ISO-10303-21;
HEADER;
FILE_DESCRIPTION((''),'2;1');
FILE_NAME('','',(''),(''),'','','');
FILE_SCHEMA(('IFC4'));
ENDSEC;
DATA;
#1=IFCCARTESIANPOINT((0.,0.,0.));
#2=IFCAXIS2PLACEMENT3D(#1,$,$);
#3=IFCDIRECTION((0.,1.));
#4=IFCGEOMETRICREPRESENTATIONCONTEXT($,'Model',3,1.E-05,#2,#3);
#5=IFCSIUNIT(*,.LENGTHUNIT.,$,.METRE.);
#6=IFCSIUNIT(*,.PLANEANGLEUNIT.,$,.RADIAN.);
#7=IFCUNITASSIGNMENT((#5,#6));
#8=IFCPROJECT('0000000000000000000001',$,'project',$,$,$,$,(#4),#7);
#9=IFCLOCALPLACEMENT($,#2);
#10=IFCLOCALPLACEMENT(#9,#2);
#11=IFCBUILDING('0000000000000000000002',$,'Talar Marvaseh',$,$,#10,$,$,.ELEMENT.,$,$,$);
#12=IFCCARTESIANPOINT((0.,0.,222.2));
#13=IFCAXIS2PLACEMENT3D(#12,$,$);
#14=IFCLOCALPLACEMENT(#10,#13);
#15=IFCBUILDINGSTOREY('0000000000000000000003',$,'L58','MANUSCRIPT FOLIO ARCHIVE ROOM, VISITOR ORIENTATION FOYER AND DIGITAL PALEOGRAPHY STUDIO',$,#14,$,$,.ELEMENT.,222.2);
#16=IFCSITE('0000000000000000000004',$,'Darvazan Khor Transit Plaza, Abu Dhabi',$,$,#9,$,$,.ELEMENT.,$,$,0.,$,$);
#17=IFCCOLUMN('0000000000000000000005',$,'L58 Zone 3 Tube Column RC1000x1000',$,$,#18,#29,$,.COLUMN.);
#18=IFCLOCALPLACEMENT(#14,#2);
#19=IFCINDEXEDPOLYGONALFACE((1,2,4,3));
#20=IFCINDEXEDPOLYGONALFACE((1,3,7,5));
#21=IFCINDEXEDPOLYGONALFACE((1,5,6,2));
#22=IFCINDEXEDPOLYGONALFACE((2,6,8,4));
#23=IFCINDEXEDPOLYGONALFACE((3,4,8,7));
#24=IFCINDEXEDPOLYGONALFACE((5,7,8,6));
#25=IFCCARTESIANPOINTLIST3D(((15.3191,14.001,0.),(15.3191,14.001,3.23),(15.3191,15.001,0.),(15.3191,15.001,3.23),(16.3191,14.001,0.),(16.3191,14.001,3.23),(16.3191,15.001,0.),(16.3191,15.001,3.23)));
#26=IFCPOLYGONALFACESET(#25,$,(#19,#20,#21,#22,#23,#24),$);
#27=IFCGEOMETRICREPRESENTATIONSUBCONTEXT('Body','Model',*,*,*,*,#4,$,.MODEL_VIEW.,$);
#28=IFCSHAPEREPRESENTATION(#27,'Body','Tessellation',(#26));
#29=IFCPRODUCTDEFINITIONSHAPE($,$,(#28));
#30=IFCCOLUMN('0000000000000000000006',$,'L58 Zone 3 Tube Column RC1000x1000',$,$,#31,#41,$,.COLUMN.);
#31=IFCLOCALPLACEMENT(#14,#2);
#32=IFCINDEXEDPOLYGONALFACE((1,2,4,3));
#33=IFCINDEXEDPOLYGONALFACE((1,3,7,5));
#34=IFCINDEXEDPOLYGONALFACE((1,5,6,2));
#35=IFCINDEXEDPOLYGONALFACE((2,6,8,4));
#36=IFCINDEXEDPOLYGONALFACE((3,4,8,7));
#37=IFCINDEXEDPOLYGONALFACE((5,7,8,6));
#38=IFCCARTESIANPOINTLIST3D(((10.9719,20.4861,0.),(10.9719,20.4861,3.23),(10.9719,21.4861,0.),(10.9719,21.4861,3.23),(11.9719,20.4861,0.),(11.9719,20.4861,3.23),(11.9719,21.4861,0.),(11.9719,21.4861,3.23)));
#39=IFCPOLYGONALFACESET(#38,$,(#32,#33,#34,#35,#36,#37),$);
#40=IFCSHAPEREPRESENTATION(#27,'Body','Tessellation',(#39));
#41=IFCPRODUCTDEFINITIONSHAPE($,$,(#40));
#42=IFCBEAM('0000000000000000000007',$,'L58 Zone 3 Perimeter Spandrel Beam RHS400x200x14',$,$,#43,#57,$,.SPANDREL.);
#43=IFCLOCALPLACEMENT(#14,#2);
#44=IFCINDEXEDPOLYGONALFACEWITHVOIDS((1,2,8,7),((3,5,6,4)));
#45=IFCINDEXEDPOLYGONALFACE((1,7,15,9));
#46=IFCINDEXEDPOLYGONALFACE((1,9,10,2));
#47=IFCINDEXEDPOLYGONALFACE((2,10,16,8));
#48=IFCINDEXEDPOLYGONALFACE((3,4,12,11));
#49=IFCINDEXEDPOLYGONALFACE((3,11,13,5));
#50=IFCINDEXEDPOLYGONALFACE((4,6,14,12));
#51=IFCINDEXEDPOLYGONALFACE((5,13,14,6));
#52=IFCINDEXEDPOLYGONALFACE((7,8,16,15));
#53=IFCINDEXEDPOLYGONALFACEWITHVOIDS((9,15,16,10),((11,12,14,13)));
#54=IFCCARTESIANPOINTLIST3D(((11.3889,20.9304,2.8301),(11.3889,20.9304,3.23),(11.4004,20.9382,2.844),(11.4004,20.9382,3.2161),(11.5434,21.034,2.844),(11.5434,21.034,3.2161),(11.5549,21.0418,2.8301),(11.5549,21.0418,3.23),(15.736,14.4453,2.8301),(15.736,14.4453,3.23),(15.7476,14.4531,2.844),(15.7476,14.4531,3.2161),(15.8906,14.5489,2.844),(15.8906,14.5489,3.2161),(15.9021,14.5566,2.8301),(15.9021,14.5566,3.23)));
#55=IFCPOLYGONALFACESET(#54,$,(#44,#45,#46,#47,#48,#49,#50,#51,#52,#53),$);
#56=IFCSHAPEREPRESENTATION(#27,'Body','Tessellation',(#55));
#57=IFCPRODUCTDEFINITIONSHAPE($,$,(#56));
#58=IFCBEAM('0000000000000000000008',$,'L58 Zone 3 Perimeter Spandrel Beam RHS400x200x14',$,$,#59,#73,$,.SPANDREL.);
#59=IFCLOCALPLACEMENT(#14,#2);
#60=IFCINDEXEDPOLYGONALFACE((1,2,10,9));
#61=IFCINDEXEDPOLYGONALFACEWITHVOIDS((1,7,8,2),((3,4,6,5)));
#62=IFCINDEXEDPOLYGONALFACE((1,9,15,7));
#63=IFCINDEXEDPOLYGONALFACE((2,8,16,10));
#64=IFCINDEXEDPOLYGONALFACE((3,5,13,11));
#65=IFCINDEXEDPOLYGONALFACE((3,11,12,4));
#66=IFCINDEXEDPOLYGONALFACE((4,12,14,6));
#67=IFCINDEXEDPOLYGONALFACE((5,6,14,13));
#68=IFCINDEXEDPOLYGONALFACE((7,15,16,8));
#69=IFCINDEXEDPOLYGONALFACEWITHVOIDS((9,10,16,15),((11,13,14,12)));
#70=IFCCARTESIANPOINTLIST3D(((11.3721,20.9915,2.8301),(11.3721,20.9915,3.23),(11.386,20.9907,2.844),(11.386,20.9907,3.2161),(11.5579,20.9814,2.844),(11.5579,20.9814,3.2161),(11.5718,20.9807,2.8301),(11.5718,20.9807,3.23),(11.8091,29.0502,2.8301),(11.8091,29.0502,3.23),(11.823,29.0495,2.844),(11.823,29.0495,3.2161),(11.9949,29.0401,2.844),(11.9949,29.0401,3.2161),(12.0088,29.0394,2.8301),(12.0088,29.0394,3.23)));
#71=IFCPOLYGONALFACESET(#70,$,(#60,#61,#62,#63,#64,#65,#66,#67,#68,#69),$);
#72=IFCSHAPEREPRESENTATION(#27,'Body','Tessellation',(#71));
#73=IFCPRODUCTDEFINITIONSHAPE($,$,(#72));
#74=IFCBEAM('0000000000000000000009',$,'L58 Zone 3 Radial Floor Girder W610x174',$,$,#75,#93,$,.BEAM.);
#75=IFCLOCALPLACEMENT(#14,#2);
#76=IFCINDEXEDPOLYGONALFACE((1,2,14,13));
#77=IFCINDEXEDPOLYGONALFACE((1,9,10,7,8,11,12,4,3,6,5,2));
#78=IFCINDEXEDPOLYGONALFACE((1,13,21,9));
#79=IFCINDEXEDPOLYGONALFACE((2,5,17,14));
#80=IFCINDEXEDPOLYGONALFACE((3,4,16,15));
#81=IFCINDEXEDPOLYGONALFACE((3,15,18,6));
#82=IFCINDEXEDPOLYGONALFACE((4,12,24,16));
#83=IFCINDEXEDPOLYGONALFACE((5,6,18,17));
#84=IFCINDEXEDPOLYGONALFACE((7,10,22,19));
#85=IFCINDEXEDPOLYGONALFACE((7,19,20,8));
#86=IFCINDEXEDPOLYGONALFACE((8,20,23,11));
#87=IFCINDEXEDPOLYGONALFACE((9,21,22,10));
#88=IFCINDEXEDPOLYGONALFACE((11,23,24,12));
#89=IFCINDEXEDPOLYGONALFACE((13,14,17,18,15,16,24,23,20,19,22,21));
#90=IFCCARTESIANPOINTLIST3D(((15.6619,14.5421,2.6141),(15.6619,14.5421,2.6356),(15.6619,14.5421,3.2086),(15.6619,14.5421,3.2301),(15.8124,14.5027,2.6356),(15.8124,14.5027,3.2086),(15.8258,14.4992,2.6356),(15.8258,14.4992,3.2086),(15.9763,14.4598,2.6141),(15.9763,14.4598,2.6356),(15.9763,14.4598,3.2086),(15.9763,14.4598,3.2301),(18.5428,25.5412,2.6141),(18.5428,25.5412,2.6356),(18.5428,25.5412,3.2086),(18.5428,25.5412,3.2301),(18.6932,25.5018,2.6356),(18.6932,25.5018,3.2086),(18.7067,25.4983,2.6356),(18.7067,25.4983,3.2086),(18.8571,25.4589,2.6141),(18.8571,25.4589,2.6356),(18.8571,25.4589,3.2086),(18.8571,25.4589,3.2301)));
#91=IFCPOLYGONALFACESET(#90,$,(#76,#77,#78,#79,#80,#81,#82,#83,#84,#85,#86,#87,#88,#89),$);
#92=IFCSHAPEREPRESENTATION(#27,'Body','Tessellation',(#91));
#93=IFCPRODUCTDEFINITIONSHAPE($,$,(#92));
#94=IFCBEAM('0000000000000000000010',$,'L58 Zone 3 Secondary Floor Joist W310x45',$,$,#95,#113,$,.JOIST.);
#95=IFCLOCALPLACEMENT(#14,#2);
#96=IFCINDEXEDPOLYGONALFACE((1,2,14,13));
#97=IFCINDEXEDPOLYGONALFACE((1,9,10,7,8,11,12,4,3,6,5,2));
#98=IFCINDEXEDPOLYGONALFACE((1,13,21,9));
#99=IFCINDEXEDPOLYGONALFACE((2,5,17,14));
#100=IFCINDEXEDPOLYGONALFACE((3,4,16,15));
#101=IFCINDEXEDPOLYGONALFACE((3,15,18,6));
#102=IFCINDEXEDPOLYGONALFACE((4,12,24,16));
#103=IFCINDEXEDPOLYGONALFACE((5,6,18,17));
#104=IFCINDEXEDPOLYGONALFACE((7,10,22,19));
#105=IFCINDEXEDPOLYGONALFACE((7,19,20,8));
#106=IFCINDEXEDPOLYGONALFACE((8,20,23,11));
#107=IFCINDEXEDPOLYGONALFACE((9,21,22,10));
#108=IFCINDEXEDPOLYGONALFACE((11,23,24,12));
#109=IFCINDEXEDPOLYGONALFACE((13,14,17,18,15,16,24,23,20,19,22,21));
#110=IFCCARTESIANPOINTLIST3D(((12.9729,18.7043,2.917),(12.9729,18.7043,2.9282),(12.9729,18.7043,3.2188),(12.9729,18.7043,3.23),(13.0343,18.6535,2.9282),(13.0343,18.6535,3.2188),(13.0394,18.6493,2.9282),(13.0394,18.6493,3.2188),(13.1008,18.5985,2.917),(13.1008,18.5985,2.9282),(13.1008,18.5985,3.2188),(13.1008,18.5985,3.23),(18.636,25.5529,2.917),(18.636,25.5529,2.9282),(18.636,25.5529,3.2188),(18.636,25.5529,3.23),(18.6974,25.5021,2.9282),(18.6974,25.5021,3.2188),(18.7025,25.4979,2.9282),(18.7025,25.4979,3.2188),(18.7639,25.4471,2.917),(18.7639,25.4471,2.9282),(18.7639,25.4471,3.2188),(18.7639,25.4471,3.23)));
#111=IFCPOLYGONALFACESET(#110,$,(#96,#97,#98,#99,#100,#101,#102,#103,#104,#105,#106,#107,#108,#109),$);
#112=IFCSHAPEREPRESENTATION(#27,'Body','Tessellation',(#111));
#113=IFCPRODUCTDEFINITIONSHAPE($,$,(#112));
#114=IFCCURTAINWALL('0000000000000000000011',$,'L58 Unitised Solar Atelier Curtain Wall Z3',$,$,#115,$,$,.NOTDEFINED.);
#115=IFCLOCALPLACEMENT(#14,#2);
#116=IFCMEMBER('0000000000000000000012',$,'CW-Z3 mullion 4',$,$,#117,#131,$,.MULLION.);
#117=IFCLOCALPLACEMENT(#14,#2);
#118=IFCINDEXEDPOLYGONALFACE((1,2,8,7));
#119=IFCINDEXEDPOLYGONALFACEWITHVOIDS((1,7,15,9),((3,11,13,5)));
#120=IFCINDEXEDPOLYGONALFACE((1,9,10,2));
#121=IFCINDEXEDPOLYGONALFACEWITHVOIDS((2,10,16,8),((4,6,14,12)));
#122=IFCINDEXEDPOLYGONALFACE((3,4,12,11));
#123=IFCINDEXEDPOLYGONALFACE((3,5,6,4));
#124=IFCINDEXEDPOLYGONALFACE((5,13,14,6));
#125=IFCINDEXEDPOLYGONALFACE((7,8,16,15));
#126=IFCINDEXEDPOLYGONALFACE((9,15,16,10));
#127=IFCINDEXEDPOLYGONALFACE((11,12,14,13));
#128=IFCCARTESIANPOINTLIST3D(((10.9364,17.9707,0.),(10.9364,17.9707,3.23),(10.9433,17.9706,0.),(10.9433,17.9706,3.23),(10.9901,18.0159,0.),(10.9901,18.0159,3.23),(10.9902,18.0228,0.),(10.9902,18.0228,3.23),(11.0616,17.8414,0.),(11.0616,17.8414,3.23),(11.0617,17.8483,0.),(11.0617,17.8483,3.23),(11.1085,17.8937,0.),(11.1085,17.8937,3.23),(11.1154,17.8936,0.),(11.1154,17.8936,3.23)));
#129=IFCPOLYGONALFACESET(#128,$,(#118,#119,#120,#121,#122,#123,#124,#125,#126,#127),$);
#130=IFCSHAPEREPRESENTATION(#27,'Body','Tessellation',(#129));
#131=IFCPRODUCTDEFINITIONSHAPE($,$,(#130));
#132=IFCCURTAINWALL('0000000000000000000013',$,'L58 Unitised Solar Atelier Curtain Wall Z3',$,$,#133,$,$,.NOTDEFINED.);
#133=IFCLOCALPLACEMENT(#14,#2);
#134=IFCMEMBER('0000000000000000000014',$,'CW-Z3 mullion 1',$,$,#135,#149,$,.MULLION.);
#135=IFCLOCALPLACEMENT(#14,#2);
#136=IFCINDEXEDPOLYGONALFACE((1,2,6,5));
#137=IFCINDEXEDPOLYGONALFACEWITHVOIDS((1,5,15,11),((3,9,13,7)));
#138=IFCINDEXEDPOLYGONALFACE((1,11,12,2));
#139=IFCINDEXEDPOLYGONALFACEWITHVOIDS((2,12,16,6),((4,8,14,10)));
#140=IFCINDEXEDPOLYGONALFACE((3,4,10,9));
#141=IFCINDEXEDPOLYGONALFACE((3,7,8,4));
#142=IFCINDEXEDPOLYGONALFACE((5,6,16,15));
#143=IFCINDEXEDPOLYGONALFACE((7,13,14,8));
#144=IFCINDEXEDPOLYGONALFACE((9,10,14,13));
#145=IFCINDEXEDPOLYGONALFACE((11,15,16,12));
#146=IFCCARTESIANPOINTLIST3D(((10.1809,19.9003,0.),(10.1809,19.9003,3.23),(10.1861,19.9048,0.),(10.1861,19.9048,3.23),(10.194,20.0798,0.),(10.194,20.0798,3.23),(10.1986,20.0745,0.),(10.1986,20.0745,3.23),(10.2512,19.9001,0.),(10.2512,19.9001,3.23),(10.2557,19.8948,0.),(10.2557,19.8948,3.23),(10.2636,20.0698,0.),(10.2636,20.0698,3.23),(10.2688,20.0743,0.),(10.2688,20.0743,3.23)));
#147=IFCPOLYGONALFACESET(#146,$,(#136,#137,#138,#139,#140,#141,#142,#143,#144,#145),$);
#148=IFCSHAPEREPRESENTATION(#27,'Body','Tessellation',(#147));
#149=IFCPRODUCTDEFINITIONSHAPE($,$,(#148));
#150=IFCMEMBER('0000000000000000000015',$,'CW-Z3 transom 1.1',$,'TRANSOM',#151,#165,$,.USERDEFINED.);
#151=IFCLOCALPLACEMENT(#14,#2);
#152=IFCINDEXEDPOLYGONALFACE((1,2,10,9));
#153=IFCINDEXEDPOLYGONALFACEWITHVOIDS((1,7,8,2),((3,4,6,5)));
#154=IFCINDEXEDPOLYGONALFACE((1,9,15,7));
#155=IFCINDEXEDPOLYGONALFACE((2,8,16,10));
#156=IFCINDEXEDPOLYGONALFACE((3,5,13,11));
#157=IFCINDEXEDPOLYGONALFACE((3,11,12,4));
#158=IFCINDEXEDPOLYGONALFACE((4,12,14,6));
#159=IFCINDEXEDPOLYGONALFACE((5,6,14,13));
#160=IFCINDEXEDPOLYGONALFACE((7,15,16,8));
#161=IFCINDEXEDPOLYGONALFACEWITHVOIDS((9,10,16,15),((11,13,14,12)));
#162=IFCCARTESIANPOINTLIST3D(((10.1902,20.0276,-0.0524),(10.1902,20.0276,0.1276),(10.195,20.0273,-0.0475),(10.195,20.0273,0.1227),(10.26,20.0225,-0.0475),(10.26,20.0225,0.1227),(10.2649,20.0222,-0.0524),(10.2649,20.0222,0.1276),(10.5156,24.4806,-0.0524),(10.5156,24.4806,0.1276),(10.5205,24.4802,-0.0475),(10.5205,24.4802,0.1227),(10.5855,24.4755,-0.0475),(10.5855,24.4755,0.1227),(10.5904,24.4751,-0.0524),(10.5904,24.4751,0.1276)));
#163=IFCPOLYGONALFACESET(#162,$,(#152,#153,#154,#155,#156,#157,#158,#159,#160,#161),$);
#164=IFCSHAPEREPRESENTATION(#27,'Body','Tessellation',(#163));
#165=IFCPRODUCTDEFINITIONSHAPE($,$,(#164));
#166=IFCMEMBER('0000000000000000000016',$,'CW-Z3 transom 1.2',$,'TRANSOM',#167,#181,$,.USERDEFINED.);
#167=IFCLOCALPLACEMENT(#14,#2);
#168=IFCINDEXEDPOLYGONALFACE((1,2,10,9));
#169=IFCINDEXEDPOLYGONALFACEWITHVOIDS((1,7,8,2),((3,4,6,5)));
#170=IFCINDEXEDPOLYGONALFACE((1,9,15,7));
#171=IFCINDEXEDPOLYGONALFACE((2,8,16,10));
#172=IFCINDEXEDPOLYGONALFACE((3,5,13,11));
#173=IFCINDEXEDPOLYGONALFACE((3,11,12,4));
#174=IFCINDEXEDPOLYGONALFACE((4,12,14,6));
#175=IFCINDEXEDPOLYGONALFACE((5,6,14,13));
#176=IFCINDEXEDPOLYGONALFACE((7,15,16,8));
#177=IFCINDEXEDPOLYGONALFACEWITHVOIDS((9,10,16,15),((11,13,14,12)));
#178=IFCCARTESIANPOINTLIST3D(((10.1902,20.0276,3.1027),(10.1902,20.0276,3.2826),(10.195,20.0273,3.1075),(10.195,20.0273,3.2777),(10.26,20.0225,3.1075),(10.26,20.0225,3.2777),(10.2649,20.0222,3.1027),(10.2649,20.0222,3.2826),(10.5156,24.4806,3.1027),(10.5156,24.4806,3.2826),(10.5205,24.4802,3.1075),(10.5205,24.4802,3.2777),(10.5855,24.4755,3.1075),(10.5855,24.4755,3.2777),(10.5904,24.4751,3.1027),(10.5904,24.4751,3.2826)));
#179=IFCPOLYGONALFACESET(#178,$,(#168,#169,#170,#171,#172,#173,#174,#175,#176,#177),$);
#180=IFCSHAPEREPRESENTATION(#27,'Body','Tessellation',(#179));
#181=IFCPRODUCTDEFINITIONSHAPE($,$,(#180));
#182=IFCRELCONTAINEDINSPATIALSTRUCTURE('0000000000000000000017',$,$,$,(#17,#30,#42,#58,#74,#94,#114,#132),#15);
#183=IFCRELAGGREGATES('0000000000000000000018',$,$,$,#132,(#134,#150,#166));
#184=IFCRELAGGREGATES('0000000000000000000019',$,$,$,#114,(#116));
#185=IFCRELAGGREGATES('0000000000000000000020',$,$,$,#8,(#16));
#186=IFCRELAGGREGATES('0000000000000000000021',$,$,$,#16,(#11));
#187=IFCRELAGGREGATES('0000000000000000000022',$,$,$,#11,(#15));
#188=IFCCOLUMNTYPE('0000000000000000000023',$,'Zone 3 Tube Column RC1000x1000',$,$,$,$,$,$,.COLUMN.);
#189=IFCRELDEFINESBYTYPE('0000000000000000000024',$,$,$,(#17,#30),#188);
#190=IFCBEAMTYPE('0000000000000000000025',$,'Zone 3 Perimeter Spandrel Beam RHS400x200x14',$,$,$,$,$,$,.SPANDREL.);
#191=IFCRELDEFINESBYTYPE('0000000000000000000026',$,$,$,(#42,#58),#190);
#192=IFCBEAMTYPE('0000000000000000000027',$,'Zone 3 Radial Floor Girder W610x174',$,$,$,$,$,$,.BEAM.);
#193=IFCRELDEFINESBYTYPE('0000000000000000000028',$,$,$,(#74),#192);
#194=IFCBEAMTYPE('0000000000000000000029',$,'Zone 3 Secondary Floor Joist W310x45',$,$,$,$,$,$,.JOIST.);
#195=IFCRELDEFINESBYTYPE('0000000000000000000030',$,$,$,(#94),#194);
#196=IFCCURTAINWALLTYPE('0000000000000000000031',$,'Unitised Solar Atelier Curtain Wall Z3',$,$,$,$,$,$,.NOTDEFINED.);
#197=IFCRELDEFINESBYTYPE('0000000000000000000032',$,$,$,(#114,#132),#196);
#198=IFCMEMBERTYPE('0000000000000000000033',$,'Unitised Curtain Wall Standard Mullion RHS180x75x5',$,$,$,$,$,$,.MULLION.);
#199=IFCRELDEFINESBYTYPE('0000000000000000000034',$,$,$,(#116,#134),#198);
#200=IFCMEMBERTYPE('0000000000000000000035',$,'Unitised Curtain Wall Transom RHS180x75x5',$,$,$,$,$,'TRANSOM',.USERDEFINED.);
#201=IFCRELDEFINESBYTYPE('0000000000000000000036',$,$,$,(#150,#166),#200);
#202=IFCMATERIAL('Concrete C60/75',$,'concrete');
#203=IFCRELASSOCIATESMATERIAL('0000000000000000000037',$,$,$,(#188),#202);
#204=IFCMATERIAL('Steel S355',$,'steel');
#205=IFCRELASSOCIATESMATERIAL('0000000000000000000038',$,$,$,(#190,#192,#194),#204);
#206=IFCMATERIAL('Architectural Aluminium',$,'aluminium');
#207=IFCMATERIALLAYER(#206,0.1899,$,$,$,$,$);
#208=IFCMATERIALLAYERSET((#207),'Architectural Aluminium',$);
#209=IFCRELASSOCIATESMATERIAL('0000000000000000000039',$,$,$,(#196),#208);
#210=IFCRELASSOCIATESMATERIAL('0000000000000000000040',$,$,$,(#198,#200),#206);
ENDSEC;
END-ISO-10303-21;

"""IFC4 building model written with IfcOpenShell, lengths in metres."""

from ifc_helpers import new_model, si_unit, direction, frame, origin, origin_2d, place, context, subcontext, project, spatial, rectangle, hollow_rectangle, i_section, extrude, source, transform, mapped, material, layer, layer_set, material_profile, profile_set, type_object, type_shapes, element, aggregate, save


model = new_model("IFC4")

# Units and contexts
model_context = context("Model", 3, precision=1e-05, world=origin(), true_north=direction((0.0, 1.0)))
body_context = subcontext(model_context, "Body", "Model", "MODEL_VIEW")
ifc_project = project(units=[si_unit("LENGTHUNIT", "METRE"), si_unit("PLANEANGLEUNIT", "RADIAN")], contexts=[model_context])

# Site, building, storey
site_placement = place(None, origin())
site = spatial("IfcSite", under=ifc_project, at=site_placement, Name="Darvazan Khor Transit Plaza, Abu Dhabi", CompositionType="ELEMENT", RefElevation=0.0)
building_placement = place(site_placement, origin())
building = spatial("IfcBuilding", under=site, at=building_placement, Name="Talar Marvaseh", CompositionType="ELEMENT")
storey_placement = place(building_placement, frame((0.0, 0.0, 222.2)))
storey = spatial("IfcBuildingStorey", under=building, at=storey_placement, Name="L58", Description="MANUSCRIPT FOLIO ARCHIVE ROOM, VISITOR ORIENTATION FOYER AND DIGITAL PALEOGRAPHY STUDIO", CompositionType="ELEMENT", Elevation=222.2)

# Columns
ifc_material_1 = material(Name="Concrete C60/75", Category="concrete")
ifc_material_profile_1 = material_profile(ifc_material_1, rectangle(XDim=1.0, YDim=1.0, at=origin_2d()), Name="RC1000x1000")
ifc_profile_set_1 = profile_set([ifc_material_profile_1], Name="Concrete C60/75")
column_type = type_object("IfcColumnType", Name="Zone 3 Tube Column RC1000x1000", PredefinedType="COLUMN", material=ifc_profile_set_1)
for number, where, z_axis, x_axis, name in (
    (1, (15.8191, 14.501, 0.0), (0.0, 0.0, 1.0), (1.0, 0.0, 0.0), "L58 Zone 3 Tube Column RC1000x1000"),
    (2, (11.4719, 20.9861, 0.0), (0.0, 0.0, 1.0), (1.0, 0.0, 0.0), "L58 Zone 3 Tube Column RC1000x1000"),
):
    element("IfcColumn", number, at=place(storey_placement, frame(where, z_axis=z_axis, x_axis=x_axis)), inside=storey, type_object=column_type, Name=name, PredefinedType="COLUMN", context=body_context, shape_type="SweptSolid", body=[
        extrude(rectangle(XDim=1.0, YDim=1.0, at=origin_2d()), origin(), (0.0, 0.0, 1.0), 3.23),
    ])

# Beams
ifc_material_2 = material(Name="Steel S355", Category="steel")
ifc_material_profile_2 = material_profile(ifc_material_2, hollow_rectangle(XDim=0.2, YDim=0.3999, WallThickness=0.0139, at=origin_2d()), Name="RHS400x200x14")
ifc_profile_set_2 = profile_set([ifc_material_profile_2], Name="Steel S355")
beam_type_1 = type_object("IfcBeamType", Name="Zone 3 Perimeter Spandrel Beam RHS400x200x14", PredefinedType="SPANDREL", material=ifc_profile_set_2)
beam_1_placement = place(storey_placement, frame((15.8191, 14.501, 3.03), z_axis=(-0.556806, 0.830643, 0.0), x_axis=(-0.830643, -0.556806, 0.0)))
element("IfcBeam", 3, at=beam_1_placement, inside=storey, type_object=beam_type_1, Name="L58 Zone 3 Perimeter Spandrel Beam RHS400x200x14", PredefinedType="SPANDREL", context=body_context, shape_type="SweptSolid", body=[
    extrude(hollow_rectangle(XDim=0.2, YDim=0.3999, WallThickness=0.0139, at=origin_2d()), origin(), (0.0, 0.0, 1.0), 7.8074),
])
beam_2_placement = place(storey_placement, frame((11.4719, 20.9861, 3.03), z_axis=(0.054148, 0.998533, 0.0), x_axis=(-0.998533, 0.054148, 0.0)))
element("IfcBeam", 4, at=beam_2_placement, inside=storey, type_object=beam_type_1, Name="L58 Zone 3 Perimeter Spandrel Beam RHS400x200x14", PredefinedType="SPANDREL", context=body_context, shape_type="SweptSolid", body=[
    extrude(hollow_rectangle(XDim=0.2, YDim=0.3999, WallThickness=0.0139, at=origin_2d()), origin(), (0.0, 0.0, 1.0), 8.0706),
])
ifc_material_profile_3 = material_profile(ifc_material_2, i_section(OverallWidth=0.325, OverallDepth=0.616, WebThickness=0.0139, FlangeThickness=0.0215, at=origin_2d()), Name="W610x174")
ifc_profile_set_3 = profile_set([ifc_material_profile_3], Name="Steel S355")
beam_type_2 = type_object("IfcBeamType", Name="Zone 3 Radial Floor Girder W610x174", PredefinedType="BEAM", material=ifc_profile_set_3)
beam_3_placement = place(storey_placement, frame((15.8191, 14.501, 2.9221), z_axis=(0.253373, 0.967369, 0.0), x_axis=(-0.967369, 0.253373, 0.0)))
element("IfcBeam", 5, at=beam_3_placement, inside=storey, type_object=beam_type_2, Name="L58 Zone 3 Radial Floor Girder W610x174", PredefinedType="BEAM", context=body_context, shape_type="SweptSolid", body=[
    extrude(i_section(OverallWidth=0.325, OverallDepth=0.616, WebThickness=0.0139, FlangeThickness=0.0215, at=origin_2d()), origin(), (0.0, 0.0, 1.0), 11.3701),
])
ifc_material_profile_4 = material_profile(ifc_material_2, i_section(OverallWidth=0.166, OverallDepth=0.313, WebThickness=0.0066, FlangeThickness=0.0112, at=origin_2d()), Name="W310x45")
ifc_profile_set_4 = profile_set([ifc_material_profile_4], Name="Steel S355")
beam_type_3 = type_object("IfcBeamType", Name="Zone 3 Secondary Floor Joist W310x45", PredefinedType="JOIST", material=ifc_profile_set_4)
beam_4_placement = place(storey_placement, frame((13.0369, 18.6514, 3.0735), z_axis=(0.637251, 0.770657, 0.0), x_axis=(-0.770657, 0.637251, 0.0)))
element("IfcBeam", 6, at=beam_4_placement, inside=storey, type_object=beam_type_3, Name="L58 Zone 3 Secondary Floor Joist W310x45", PredefinedType="JOIST", context=body_context, shape_type="SweptSolid", body=[
    extrude(i_section(OverallWidth=0.166, OverallDepth=0.313, WebThickness=0.0066, FlangeThickness=0.0112, at=origin_2d()), origin(), (0.0, 0.0, 1.0), 8.8867),
])

# Curtain wall, member
ifc_material_3 = material(Name="Architectural Aluminium", Category="aluminium")
ifc_layer_1 = layer(ifc_material_3, 0.1899)
ifc_layer_set_1 = layer_set([ifc_layer_1], Name="Architectural Aluminium")
curtain_wall_type = type_object("IfcCurtainWallType", Name="Unitised Solar Atelier Curtain Wall Z3", PredefinedType="NOTDEFINED", material=ifc_layer_set_1)
curtain_wall_1_placement = place(storey_placement, origin())
curtain_wall_1 = element("IfcCurtainWall", 7, at=curtain_wall_1_placement, inside=storey, type_object=curtain_wall_type, Name="L58 Unitised Solar Atelier Curtain Wall Z3", PredefinedType="NOTDEFINED")
ifc_material_profile_5 = material_profile(ifc_material_3, hollow_rectangle(XDim=0.075, YDim=0.1799, WallThickness=0.0049, at=origin_2d()), Name="RHS180x75x5")
ifc_profile_set_5 = profile_set([ifc_material_profile_5], Name="Architectural Aluminium")
member_type_1 = type_object("IfcMemberType", Name="Unitised Curtain Wall Standard Mullion RHS180x75x5", PredefinedType="MULLION", material=ifc_profile_set_5)
shared_shape_1 = source(origin(), body_context, "Body", "SweptSolid", [
    extrude(hollow_rectangle(XDim=0.075, YDim=0.1799, WallThickness=0.0049, at=origin_2d()), origin(), (0.0, 0.0, 1.0), 3.23),
])
type_shapes(member_type_1, [shared_shape_1])
member_1_placement = place(storey_placement, frame((11.0259, 17.9321, 0.0), z_axis=(0.0, 0.0, 1.0), x_axis=(-0.718173, -0.695864, 0.0)))
member_1 = element("IfcMember", 8, at=member_1_placement, type_object=member_type_1, Name="CW-Z3 mullion 4", PredefinedType="MULLION", context=body_context, shape_type="MappedRepresentation", body=[
    mapped(shared_shape_1, transform((0.0, 0.0, 0.0), x_axis=(1.0, 0.0, 0.0), y_axis=(0.0, 1.0, 0.0), z_axis=(0.0, 0.0, 1.0), scale=1.0)),
])

# Curtain wall, members
curtain_wall_2_placement = place(storey_placement, origin())
curtain_wall_2 = element("IfcCurtainWall", 9, at=curtain_wall_2_placement, inside=storey, type_object=curtain_wall_type, Name="L58 Unitised Solar Atelier Curtain Wall Z3", PredefinedType="NOTDEFINED")
member_2_placement = place(storey_placement, frame((10.2249, 19.9873, 0.0), z_axis=(0.0, 0.0, 1.0), x_axis=(-0.997337, 0.072926, 0.0)))
member_2 = element("IfcMember", 10, at=member_2_placement, type_object=member_type_1, Name="CW-Z3 mullion 1", PredefinedType="MULLION", context=body_context, shape_type="MappedRepresentation", body=[
    mapped(shared_shape_1, transform((0.0, 0.0, 0.0), x_axis=(1.0, 0.0, 0.0), y_axis=(0.0, 1.0, 0.0), z_axis=(0.0, 0.0, 1.0), scale=1.0)),
])
ifc_material_profile_6 = material_profile(ifc_material_3, hollow_rectangle(XDim=0.075, YDim=0.1799, WallThickness=0.0049, at=origin_2d()), Name="RHS180x75x5")
ifc_profile_set_6 = profile_set([ifc_material_profile_6], Name="Architectural Aluminium")
member_type_2 = type_object("IfcMemberType", Name="Unitised Curtain Wall Transom RHS180x75x5", ElementType="TRANSOM", PredefinedType="USERDEFINED", material=ifc_profile_set_6)
shared_shape_2 = source(origin(), body_context, "Body", "SweptSolid", [
    extrude(hollow_rectangle(XDim=0.075, YDim=0.1799, WallThickness=0.0049, at=origin_2d()), origin(), (0.0, 0.0, 1.0), 4.4648),
])
type_shapes(member_type_2, [shared_shape_2])
member_3_placement = place(storey_placement, frame((10.2275, 20.0249, 0.0376), z_axis=(0.072891, 0.99734, 0.0), x_axis=(-0.99734, 0.072891, 0.0)))
member_3 = element("IfcMember", 11, at=member_3_placement, type_object=member_type_2, Name="CW-Z3 transom 1.1", ObjectType="TRANSOM", PredefinedType="USERDEFINED", context=body_context, shape_type="MappedRepresentation", body=[
    mapped(shared_shape_2, transform((0.0, 0.0, 0.0), x_axis=(1.0, 0.0, 0.0), y_axis=(0.0, 1.0, 0.0), z_axis=(0.0, 0.0, 1.0), scale=1.0)),
])
member_4_placement = place(storey_placement, frame((10.2275, 20.0249, 3.1926), z_axis=(0.072891, 0.99734, 0.0), x_axis=(-0.99734, 0.072891, 0.0)))
member_4 = element("IfcMember", 12, at=member_4_placement, type_object=member_type_2, Name="CW-Z3 transom 1.2", ObjectType="TRANSOM", PredefinedType="USERDEFINED", context=body_context, shape_type="MappedRepresentation", body=[
    mapped(shared_shape_2, transform((0.0, 0.0, 0.0), x_axis=(1.0, 0.0, 0.0), y_axis=(0.0, 1.0, 0.0), z_axis=(0.0, 0.0, 1.0), scale=1.0)),
])
aggregate(curtain_wall_2, [member_2, member_3, member_4])

aggregate(curtain_wall_1, [member_1])

save(model, "model.ifc")
